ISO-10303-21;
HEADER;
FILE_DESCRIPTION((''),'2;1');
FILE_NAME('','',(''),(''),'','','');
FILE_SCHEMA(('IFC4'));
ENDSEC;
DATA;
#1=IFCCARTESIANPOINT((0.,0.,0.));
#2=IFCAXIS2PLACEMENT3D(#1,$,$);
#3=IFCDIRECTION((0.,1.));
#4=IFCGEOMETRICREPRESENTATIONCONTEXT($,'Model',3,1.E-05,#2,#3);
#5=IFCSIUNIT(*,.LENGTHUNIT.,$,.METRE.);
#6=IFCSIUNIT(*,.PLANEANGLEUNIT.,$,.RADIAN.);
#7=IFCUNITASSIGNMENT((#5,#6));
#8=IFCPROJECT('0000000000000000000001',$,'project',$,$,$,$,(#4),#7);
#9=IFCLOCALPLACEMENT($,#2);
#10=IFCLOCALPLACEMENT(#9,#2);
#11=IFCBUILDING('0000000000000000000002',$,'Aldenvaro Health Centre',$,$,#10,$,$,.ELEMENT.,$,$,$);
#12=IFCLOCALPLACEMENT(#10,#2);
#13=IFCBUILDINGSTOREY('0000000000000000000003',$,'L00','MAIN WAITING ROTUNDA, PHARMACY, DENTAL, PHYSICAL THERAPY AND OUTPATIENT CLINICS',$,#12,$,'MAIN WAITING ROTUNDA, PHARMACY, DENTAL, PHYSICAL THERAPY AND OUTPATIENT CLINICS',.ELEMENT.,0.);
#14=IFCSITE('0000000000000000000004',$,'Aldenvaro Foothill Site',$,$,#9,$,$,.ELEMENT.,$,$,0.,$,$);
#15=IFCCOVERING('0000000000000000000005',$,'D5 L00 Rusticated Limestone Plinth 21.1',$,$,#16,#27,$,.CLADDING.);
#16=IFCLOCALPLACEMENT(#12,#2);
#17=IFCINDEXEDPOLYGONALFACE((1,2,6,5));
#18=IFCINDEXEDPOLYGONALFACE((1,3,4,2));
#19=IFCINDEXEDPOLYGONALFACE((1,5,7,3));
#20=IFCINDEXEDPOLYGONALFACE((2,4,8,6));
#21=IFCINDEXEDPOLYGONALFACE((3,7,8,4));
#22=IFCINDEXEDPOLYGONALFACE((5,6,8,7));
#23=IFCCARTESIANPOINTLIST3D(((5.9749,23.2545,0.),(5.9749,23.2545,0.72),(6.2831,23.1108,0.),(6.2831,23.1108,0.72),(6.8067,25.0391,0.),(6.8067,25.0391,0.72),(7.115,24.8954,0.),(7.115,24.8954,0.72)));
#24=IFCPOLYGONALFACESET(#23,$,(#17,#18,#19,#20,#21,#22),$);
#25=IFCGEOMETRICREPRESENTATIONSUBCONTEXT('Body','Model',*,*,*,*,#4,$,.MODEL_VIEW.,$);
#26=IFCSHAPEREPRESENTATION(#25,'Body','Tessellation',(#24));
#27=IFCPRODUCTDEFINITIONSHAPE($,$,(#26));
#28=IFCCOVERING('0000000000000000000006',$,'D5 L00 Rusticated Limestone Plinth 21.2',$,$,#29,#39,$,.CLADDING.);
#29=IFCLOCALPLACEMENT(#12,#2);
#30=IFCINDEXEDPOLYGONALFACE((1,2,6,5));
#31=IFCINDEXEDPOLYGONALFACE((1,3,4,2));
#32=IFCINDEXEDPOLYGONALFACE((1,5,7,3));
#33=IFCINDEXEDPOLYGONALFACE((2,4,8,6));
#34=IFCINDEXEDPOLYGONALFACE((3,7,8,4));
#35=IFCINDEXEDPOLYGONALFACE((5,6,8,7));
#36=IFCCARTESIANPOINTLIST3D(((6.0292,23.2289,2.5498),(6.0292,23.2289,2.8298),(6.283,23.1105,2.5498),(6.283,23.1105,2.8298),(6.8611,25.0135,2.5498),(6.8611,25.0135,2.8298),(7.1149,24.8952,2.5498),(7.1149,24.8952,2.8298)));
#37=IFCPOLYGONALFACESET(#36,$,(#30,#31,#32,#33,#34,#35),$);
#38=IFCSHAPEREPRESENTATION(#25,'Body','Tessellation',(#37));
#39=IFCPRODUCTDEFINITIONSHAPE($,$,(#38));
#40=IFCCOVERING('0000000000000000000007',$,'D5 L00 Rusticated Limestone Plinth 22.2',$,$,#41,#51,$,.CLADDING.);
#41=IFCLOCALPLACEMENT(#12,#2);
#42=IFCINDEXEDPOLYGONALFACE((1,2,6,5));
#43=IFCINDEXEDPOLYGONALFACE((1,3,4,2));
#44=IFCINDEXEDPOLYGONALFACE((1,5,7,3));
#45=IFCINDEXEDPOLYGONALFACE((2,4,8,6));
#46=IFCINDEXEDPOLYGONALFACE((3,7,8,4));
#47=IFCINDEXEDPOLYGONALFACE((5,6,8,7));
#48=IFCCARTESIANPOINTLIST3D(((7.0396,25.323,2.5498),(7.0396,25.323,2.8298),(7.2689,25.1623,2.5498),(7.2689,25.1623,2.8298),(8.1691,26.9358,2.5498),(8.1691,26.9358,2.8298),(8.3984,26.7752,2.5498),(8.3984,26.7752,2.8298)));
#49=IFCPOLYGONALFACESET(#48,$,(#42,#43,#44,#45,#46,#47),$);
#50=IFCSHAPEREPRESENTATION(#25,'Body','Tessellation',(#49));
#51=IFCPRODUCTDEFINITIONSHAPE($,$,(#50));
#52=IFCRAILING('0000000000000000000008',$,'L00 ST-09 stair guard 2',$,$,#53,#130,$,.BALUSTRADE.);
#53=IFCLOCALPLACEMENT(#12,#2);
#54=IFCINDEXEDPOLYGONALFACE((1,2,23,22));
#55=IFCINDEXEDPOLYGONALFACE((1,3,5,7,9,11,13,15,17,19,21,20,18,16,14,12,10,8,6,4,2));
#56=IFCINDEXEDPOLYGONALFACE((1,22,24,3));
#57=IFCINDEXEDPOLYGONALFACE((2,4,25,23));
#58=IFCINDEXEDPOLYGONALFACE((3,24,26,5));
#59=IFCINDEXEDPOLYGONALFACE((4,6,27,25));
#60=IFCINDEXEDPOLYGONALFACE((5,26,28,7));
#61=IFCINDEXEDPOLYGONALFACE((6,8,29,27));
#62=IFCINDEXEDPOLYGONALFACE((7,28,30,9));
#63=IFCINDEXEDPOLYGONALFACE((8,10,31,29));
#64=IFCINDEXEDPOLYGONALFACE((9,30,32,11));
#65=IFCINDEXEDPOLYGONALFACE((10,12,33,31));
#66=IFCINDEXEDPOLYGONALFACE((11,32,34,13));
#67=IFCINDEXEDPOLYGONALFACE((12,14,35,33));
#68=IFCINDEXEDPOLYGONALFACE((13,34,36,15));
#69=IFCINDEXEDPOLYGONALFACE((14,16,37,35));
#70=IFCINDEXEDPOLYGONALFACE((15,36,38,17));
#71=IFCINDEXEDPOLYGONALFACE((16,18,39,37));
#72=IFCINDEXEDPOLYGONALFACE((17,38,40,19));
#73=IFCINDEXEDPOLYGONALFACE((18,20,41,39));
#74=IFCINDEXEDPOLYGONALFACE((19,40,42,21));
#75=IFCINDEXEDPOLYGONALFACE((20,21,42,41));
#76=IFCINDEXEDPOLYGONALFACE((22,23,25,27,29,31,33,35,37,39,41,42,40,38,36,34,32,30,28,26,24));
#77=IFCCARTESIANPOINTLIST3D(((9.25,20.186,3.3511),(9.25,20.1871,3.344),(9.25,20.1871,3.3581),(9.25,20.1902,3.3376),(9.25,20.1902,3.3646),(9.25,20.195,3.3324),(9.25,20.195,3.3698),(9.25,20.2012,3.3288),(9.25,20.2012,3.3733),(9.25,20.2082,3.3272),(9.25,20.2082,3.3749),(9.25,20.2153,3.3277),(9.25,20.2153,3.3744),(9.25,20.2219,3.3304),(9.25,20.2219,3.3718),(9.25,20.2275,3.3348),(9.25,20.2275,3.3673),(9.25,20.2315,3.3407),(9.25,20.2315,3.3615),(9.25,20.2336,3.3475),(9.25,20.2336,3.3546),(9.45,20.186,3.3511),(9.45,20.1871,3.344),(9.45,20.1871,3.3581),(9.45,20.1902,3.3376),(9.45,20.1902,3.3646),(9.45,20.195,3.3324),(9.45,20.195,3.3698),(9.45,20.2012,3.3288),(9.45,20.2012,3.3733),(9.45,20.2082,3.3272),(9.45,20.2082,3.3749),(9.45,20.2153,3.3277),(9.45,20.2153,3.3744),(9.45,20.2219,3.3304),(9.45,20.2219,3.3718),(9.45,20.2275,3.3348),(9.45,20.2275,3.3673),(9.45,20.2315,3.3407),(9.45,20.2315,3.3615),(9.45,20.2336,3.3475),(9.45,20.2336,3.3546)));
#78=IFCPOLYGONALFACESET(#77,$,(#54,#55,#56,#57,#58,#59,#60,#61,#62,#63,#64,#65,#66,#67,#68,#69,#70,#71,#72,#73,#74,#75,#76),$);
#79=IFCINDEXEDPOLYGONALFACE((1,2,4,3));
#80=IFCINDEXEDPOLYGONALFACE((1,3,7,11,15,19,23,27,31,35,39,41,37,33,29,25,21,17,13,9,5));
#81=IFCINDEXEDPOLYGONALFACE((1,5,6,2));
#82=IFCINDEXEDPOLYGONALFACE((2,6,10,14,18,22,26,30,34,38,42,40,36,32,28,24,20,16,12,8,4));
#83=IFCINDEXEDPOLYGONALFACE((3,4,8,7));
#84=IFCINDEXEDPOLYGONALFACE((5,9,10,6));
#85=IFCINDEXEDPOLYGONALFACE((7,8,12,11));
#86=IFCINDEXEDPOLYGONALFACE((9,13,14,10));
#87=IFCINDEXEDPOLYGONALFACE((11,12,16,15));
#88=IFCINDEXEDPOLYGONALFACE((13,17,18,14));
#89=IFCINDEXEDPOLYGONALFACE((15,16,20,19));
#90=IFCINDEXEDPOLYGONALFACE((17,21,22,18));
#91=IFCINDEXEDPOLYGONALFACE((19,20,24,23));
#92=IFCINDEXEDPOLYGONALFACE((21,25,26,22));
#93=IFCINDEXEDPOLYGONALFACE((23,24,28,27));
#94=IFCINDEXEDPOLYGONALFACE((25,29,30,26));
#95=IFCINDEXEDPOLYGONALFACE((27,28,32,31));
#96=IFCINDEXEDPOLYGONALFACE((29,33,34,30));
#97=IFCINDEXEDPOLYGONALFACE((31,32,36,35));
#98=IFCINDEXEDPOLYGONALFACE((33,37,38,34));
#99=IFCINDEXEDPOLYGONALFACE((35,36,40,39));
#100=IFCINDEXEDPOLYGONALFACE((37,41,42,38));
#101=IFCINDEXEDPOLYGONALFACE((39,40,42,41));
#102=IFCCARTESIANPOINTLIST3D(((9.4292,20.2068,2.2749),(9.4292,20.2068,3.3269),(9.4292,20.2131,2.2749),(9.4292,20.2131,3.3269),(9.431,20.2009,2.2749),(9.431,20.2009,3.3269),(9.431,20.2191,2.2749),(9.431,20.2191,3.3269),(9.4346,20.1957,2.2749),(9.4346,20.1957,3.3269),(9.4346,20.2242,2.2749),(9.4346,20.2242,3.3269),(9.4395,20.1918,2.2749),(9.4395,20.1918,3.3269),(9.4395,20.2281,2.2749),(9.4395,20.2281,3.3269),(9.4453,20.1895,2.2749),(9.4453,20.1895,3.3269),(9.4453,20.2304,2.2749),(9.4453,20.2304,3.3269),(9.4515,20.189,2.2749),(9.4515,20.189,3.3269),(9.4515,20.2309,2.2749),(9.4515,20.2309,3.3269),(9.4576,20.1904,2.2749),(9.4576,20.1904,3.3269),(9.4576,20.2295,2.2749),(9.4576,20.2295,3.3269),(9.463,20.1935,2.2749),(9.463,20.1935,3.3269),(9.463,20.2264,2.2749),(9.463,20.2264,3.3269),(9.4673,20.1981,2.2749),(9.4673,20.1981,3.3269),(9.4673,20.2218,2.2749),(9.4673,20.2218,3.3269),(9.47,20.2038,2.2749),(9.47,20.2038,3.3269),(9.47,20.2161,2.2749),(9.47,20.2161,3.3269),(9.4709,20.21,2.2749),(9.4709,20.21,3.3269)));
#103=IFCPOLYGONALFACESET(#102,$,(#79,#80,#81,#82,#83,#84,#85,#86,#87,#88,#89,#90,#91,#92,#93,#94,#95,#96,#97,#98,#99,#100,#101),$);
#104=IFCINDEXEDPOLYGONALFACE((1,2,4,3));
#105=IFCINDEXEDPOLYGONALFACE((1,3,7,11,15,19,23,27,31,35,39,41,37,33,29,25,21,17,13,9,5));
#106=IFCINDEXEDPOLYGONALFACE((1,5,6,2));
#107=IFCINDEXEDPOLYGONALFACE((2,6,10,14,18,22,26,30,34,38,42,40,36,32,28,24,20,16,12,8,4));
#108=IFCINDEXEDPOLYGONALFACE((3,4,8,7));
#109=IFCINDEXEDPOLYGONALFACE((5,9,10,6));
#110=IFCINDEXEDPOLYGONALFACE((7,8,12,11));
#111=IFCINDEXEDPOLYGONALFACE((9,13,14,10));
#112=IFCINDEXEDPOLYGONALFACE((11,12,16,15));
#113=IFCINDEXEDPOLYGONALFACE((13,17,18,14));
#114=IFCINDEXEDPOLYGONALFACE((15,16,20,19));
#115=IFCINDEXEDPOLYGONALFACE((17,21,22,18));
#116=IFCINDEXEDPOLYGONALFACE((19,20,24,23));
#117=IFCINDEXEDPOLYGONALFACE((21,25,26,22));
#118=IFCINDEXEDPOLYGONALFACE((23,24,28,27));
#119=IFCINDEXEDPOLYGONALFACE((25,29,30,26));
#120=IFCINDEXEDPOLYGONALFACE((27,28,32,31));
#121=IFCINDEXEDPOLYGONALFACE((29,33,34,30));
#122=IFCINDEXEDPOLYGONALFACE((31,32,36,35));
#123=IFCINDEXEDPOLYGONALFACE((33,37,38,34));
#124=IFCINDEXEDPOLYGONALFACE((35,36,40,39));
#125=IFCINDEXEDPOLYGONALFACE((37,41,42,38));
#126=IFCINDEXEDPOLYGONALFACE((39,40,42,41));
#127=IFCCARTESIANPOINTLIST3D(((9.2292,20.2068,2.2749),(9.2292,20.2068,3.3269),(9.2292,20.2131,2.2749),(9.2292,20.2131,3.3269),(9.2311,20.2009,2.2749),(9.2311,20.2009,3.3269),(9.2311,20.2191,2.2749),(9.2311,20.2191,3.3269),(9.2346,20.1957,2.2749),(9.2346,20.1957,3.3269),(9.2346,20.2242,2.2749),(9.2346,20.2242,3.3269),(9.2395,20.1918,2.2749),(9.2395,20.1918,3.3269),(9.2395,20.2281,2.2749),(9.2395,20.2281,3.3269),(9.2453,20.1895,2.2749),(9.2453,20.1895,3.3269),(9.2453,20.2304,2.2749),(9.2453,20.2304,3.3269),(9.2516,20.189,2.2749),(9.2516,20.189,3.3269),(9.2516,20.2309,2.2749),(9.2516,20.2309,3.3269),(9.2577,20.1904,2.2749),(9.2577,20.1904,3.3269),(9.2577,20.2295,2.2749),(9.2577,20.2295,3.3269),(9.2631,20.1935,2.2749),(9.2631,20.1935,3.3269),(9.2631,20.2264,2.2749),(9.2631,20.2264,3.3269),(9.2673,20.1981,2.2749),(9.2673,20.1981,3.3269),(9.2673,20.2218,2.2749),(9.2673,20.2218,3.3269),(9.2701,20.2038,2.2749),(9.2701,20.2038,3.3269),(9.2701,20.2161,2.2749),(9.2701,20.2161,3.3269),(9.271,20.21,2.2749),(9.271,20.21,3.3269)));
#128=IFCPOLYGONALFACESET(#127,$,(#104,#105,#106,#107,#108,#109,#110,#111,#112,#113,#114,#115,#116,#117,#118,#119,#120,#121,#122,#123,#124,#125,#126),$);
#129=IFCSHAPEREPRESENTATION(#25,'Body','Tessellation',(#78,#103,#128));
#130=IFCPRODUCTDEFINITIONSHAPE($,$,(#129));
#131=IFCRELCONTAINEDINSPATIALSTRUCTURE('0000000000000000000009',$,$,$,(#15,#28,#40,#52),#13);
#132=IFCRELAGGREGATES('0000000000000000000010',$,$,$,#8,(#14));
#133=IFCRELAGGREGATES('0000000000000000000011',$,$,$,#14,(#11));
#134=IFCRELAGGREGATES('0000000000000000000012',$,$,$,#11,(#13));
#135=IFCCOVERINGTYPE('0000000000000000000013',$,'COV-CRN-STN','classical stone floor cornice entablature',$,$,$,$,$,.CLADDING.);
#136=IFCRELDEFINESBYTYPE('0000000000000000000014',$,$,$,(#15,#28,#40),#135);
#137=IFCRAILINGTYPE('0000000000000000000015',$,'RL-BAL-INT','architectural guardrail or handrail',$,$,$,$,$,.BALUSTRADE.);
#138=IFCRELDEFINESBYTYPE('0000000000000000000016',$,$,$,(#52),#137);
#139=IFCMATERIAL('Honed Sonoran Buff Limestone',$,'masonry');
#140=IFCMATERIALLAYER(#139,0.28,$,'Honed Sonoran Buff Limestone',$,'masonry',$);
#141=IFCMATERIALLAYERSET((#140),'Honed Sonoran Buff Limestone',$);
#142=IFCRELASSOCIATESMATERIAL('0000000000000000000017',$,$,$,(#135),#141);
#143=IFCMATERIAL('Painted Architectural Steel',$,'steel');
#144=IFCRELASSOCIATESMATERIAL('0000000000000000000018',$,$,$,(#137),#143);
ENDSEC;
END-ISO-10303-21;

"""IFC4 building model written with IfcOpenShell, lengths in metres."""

from ifc_helpers import new_model, si_unit, direction, frame, origin, origin_2d, place, context, subcontext, project, spatial, rectangle, circle, extrude, material, layer, layer_set, type_object, element, save


model = new_model("IFC4")

# Units and contexts
model_context = context("Model", 3, precision=1e-05, world=origin(), true_north=direction((0.0, 1.0)))
body_context = subcontext(model_context, "Body", "Model", "MODEL_VIEW")
ifc_project = project(units=[si_unit("LENGTHUNIT", "METRE"), si_unit("PLANEANGLEUNIT", "RADIAN")], contexts=[model_context])

# Site, building, storey
site_placement = place(None, origin())
site = spatial("IfcSite", under=ifc_project, at=site_placement, Name="Aldenvaro Foothill Site", CompositionType="ELEMENT", RefElevation=0.0)
building_placement = place(site_placement, origin())
building = spatial("IfcBuilding", under=site, at=building_placement, Name="Aldenvaro Health Centre", CompositionType="ELEMENT")
storey_placement = place(building_placement, origin())
storey = spatial("IfcBuildingStorey", under=building, at=storey_placement, Name="L00", Description="MAIN WAITING ROTUNDA, PHARMACY, DENTAL, PHYSICAL THERAPY AND OUTPATIENT CLINICS", LongName="MAIN WAITING ROTUNDA, PHARMACY, DENTAL, PHYSICAL THERAPY AND OUTPATIENT CLINICS", CompositionType="ELEMENT", Elevation=0.0)

# Coverings
ifc_material_1 = material(Name="Honed Sonoran Buff Limestone", Category="masonry")
ifc_layer_1 = layer(ifc_material_1, 0.28, Name="Honed Sonoran Buff Limestone", Category="masonry")
ifc_layer_set_1 = layer_set([ifc_layer_1], Name="Honed Sonoran Buff Limestone")
covering_type = type_object("IfcCoveringType", Name="COV-CRN-STN", Description="classical stone floor cornice entablature", PredefinedType="CLADDING", material=ifc_layer_set_1)
covering_placement = place(storey_placement, frame((6.5449, 24.075, 0.0), z_axis=(0.0, 0.0, 1.0), x_axis=(0.422496, 0.906365, 0.0)))
element("IfcCovering", 1, at=covering_placement, inside=storey, type_object=covering_type, Name="D5 L00 Rusticated Limestone Plinth 21.1", PredefinedType="CLADDING", context=body_context, shape_type="SweptSolid", body=[
    extrude(rectangle(XDim=1.969, YDim=0.3401, at=origin_2d()), origin(), (0.0, 0.0, 1.0), 0.72),
])
for number, where, z_axis, x_axis, name in (
    (2, (6.572, 24.062, 2.5498), (0.0, 0.0, 1.0), (0.422496, 0.906365, 0.0), "D5 L00 Rusticated Limestone Plinth 21.2"),
    (3, (7.719, 26.0491, 2.5498), (0.0, 0.0, 1.0), (0.573641, 0.819107, 0.0), "D5 L00 Rusticated Limestone Plinth 22.2"),
):
    element("IfcCovering", number, at=place(storey_placement, frame(where, z_axis=z_axis, x_axis=x_axis)), inside=storey, type_object=covering_type, Name=name, PredefinedType="CLADDING", context=body_context, shape_type="SweptSolid", body=[
        extrude(rectangle(XDim=1.969, YDim=0.28, at=origin_2d()), origin(), (0.0, 0.0, 1.0), 0.28),
    ])

# Railing
ifc_material_2 = material(Name="Painted Architectural Steel", Category="steel")
railing_type_1 = type_object("IfcRailingType", Name="RL-BAL-INT", Description="architectural guardrail or handrail", PredefinedType="BALUSTRADE", material=ifc_material_2)
railing_1_placement = place(storey_placement, frame((9.45, 20.21, 2.2749)))
element("IfcRailing", 4, at=railing_1_placement, inside=storey, type_object=railing_type_1, Name="L00 ST-09 stair guard 2", PredefinedType="BALUSTRADE", context=body_context, shape_type="SweptSolid", body=[
    extrude(circle(Radius=0.0239, at=origin_2d()), frame((0.0, 0.0, 1.0762), z_axis=(-1.0, 0.0, 0.0), x_axis=(0.0, -1.0, 0.0)), (0.0, 0.0, 1.0), 0.2),
    extrude(circle(Radius=0.021, at=origin_2d()), origin(), (0.0, 0.0, 1.0), 1.052),
    extrude(circle(Radius=0.021, at=origin_2d()), frame((-0.2, 0.0, 0.0)), (0.0, 0.0, 1.0), 1.052),
])

save(model, "model.ifc")
